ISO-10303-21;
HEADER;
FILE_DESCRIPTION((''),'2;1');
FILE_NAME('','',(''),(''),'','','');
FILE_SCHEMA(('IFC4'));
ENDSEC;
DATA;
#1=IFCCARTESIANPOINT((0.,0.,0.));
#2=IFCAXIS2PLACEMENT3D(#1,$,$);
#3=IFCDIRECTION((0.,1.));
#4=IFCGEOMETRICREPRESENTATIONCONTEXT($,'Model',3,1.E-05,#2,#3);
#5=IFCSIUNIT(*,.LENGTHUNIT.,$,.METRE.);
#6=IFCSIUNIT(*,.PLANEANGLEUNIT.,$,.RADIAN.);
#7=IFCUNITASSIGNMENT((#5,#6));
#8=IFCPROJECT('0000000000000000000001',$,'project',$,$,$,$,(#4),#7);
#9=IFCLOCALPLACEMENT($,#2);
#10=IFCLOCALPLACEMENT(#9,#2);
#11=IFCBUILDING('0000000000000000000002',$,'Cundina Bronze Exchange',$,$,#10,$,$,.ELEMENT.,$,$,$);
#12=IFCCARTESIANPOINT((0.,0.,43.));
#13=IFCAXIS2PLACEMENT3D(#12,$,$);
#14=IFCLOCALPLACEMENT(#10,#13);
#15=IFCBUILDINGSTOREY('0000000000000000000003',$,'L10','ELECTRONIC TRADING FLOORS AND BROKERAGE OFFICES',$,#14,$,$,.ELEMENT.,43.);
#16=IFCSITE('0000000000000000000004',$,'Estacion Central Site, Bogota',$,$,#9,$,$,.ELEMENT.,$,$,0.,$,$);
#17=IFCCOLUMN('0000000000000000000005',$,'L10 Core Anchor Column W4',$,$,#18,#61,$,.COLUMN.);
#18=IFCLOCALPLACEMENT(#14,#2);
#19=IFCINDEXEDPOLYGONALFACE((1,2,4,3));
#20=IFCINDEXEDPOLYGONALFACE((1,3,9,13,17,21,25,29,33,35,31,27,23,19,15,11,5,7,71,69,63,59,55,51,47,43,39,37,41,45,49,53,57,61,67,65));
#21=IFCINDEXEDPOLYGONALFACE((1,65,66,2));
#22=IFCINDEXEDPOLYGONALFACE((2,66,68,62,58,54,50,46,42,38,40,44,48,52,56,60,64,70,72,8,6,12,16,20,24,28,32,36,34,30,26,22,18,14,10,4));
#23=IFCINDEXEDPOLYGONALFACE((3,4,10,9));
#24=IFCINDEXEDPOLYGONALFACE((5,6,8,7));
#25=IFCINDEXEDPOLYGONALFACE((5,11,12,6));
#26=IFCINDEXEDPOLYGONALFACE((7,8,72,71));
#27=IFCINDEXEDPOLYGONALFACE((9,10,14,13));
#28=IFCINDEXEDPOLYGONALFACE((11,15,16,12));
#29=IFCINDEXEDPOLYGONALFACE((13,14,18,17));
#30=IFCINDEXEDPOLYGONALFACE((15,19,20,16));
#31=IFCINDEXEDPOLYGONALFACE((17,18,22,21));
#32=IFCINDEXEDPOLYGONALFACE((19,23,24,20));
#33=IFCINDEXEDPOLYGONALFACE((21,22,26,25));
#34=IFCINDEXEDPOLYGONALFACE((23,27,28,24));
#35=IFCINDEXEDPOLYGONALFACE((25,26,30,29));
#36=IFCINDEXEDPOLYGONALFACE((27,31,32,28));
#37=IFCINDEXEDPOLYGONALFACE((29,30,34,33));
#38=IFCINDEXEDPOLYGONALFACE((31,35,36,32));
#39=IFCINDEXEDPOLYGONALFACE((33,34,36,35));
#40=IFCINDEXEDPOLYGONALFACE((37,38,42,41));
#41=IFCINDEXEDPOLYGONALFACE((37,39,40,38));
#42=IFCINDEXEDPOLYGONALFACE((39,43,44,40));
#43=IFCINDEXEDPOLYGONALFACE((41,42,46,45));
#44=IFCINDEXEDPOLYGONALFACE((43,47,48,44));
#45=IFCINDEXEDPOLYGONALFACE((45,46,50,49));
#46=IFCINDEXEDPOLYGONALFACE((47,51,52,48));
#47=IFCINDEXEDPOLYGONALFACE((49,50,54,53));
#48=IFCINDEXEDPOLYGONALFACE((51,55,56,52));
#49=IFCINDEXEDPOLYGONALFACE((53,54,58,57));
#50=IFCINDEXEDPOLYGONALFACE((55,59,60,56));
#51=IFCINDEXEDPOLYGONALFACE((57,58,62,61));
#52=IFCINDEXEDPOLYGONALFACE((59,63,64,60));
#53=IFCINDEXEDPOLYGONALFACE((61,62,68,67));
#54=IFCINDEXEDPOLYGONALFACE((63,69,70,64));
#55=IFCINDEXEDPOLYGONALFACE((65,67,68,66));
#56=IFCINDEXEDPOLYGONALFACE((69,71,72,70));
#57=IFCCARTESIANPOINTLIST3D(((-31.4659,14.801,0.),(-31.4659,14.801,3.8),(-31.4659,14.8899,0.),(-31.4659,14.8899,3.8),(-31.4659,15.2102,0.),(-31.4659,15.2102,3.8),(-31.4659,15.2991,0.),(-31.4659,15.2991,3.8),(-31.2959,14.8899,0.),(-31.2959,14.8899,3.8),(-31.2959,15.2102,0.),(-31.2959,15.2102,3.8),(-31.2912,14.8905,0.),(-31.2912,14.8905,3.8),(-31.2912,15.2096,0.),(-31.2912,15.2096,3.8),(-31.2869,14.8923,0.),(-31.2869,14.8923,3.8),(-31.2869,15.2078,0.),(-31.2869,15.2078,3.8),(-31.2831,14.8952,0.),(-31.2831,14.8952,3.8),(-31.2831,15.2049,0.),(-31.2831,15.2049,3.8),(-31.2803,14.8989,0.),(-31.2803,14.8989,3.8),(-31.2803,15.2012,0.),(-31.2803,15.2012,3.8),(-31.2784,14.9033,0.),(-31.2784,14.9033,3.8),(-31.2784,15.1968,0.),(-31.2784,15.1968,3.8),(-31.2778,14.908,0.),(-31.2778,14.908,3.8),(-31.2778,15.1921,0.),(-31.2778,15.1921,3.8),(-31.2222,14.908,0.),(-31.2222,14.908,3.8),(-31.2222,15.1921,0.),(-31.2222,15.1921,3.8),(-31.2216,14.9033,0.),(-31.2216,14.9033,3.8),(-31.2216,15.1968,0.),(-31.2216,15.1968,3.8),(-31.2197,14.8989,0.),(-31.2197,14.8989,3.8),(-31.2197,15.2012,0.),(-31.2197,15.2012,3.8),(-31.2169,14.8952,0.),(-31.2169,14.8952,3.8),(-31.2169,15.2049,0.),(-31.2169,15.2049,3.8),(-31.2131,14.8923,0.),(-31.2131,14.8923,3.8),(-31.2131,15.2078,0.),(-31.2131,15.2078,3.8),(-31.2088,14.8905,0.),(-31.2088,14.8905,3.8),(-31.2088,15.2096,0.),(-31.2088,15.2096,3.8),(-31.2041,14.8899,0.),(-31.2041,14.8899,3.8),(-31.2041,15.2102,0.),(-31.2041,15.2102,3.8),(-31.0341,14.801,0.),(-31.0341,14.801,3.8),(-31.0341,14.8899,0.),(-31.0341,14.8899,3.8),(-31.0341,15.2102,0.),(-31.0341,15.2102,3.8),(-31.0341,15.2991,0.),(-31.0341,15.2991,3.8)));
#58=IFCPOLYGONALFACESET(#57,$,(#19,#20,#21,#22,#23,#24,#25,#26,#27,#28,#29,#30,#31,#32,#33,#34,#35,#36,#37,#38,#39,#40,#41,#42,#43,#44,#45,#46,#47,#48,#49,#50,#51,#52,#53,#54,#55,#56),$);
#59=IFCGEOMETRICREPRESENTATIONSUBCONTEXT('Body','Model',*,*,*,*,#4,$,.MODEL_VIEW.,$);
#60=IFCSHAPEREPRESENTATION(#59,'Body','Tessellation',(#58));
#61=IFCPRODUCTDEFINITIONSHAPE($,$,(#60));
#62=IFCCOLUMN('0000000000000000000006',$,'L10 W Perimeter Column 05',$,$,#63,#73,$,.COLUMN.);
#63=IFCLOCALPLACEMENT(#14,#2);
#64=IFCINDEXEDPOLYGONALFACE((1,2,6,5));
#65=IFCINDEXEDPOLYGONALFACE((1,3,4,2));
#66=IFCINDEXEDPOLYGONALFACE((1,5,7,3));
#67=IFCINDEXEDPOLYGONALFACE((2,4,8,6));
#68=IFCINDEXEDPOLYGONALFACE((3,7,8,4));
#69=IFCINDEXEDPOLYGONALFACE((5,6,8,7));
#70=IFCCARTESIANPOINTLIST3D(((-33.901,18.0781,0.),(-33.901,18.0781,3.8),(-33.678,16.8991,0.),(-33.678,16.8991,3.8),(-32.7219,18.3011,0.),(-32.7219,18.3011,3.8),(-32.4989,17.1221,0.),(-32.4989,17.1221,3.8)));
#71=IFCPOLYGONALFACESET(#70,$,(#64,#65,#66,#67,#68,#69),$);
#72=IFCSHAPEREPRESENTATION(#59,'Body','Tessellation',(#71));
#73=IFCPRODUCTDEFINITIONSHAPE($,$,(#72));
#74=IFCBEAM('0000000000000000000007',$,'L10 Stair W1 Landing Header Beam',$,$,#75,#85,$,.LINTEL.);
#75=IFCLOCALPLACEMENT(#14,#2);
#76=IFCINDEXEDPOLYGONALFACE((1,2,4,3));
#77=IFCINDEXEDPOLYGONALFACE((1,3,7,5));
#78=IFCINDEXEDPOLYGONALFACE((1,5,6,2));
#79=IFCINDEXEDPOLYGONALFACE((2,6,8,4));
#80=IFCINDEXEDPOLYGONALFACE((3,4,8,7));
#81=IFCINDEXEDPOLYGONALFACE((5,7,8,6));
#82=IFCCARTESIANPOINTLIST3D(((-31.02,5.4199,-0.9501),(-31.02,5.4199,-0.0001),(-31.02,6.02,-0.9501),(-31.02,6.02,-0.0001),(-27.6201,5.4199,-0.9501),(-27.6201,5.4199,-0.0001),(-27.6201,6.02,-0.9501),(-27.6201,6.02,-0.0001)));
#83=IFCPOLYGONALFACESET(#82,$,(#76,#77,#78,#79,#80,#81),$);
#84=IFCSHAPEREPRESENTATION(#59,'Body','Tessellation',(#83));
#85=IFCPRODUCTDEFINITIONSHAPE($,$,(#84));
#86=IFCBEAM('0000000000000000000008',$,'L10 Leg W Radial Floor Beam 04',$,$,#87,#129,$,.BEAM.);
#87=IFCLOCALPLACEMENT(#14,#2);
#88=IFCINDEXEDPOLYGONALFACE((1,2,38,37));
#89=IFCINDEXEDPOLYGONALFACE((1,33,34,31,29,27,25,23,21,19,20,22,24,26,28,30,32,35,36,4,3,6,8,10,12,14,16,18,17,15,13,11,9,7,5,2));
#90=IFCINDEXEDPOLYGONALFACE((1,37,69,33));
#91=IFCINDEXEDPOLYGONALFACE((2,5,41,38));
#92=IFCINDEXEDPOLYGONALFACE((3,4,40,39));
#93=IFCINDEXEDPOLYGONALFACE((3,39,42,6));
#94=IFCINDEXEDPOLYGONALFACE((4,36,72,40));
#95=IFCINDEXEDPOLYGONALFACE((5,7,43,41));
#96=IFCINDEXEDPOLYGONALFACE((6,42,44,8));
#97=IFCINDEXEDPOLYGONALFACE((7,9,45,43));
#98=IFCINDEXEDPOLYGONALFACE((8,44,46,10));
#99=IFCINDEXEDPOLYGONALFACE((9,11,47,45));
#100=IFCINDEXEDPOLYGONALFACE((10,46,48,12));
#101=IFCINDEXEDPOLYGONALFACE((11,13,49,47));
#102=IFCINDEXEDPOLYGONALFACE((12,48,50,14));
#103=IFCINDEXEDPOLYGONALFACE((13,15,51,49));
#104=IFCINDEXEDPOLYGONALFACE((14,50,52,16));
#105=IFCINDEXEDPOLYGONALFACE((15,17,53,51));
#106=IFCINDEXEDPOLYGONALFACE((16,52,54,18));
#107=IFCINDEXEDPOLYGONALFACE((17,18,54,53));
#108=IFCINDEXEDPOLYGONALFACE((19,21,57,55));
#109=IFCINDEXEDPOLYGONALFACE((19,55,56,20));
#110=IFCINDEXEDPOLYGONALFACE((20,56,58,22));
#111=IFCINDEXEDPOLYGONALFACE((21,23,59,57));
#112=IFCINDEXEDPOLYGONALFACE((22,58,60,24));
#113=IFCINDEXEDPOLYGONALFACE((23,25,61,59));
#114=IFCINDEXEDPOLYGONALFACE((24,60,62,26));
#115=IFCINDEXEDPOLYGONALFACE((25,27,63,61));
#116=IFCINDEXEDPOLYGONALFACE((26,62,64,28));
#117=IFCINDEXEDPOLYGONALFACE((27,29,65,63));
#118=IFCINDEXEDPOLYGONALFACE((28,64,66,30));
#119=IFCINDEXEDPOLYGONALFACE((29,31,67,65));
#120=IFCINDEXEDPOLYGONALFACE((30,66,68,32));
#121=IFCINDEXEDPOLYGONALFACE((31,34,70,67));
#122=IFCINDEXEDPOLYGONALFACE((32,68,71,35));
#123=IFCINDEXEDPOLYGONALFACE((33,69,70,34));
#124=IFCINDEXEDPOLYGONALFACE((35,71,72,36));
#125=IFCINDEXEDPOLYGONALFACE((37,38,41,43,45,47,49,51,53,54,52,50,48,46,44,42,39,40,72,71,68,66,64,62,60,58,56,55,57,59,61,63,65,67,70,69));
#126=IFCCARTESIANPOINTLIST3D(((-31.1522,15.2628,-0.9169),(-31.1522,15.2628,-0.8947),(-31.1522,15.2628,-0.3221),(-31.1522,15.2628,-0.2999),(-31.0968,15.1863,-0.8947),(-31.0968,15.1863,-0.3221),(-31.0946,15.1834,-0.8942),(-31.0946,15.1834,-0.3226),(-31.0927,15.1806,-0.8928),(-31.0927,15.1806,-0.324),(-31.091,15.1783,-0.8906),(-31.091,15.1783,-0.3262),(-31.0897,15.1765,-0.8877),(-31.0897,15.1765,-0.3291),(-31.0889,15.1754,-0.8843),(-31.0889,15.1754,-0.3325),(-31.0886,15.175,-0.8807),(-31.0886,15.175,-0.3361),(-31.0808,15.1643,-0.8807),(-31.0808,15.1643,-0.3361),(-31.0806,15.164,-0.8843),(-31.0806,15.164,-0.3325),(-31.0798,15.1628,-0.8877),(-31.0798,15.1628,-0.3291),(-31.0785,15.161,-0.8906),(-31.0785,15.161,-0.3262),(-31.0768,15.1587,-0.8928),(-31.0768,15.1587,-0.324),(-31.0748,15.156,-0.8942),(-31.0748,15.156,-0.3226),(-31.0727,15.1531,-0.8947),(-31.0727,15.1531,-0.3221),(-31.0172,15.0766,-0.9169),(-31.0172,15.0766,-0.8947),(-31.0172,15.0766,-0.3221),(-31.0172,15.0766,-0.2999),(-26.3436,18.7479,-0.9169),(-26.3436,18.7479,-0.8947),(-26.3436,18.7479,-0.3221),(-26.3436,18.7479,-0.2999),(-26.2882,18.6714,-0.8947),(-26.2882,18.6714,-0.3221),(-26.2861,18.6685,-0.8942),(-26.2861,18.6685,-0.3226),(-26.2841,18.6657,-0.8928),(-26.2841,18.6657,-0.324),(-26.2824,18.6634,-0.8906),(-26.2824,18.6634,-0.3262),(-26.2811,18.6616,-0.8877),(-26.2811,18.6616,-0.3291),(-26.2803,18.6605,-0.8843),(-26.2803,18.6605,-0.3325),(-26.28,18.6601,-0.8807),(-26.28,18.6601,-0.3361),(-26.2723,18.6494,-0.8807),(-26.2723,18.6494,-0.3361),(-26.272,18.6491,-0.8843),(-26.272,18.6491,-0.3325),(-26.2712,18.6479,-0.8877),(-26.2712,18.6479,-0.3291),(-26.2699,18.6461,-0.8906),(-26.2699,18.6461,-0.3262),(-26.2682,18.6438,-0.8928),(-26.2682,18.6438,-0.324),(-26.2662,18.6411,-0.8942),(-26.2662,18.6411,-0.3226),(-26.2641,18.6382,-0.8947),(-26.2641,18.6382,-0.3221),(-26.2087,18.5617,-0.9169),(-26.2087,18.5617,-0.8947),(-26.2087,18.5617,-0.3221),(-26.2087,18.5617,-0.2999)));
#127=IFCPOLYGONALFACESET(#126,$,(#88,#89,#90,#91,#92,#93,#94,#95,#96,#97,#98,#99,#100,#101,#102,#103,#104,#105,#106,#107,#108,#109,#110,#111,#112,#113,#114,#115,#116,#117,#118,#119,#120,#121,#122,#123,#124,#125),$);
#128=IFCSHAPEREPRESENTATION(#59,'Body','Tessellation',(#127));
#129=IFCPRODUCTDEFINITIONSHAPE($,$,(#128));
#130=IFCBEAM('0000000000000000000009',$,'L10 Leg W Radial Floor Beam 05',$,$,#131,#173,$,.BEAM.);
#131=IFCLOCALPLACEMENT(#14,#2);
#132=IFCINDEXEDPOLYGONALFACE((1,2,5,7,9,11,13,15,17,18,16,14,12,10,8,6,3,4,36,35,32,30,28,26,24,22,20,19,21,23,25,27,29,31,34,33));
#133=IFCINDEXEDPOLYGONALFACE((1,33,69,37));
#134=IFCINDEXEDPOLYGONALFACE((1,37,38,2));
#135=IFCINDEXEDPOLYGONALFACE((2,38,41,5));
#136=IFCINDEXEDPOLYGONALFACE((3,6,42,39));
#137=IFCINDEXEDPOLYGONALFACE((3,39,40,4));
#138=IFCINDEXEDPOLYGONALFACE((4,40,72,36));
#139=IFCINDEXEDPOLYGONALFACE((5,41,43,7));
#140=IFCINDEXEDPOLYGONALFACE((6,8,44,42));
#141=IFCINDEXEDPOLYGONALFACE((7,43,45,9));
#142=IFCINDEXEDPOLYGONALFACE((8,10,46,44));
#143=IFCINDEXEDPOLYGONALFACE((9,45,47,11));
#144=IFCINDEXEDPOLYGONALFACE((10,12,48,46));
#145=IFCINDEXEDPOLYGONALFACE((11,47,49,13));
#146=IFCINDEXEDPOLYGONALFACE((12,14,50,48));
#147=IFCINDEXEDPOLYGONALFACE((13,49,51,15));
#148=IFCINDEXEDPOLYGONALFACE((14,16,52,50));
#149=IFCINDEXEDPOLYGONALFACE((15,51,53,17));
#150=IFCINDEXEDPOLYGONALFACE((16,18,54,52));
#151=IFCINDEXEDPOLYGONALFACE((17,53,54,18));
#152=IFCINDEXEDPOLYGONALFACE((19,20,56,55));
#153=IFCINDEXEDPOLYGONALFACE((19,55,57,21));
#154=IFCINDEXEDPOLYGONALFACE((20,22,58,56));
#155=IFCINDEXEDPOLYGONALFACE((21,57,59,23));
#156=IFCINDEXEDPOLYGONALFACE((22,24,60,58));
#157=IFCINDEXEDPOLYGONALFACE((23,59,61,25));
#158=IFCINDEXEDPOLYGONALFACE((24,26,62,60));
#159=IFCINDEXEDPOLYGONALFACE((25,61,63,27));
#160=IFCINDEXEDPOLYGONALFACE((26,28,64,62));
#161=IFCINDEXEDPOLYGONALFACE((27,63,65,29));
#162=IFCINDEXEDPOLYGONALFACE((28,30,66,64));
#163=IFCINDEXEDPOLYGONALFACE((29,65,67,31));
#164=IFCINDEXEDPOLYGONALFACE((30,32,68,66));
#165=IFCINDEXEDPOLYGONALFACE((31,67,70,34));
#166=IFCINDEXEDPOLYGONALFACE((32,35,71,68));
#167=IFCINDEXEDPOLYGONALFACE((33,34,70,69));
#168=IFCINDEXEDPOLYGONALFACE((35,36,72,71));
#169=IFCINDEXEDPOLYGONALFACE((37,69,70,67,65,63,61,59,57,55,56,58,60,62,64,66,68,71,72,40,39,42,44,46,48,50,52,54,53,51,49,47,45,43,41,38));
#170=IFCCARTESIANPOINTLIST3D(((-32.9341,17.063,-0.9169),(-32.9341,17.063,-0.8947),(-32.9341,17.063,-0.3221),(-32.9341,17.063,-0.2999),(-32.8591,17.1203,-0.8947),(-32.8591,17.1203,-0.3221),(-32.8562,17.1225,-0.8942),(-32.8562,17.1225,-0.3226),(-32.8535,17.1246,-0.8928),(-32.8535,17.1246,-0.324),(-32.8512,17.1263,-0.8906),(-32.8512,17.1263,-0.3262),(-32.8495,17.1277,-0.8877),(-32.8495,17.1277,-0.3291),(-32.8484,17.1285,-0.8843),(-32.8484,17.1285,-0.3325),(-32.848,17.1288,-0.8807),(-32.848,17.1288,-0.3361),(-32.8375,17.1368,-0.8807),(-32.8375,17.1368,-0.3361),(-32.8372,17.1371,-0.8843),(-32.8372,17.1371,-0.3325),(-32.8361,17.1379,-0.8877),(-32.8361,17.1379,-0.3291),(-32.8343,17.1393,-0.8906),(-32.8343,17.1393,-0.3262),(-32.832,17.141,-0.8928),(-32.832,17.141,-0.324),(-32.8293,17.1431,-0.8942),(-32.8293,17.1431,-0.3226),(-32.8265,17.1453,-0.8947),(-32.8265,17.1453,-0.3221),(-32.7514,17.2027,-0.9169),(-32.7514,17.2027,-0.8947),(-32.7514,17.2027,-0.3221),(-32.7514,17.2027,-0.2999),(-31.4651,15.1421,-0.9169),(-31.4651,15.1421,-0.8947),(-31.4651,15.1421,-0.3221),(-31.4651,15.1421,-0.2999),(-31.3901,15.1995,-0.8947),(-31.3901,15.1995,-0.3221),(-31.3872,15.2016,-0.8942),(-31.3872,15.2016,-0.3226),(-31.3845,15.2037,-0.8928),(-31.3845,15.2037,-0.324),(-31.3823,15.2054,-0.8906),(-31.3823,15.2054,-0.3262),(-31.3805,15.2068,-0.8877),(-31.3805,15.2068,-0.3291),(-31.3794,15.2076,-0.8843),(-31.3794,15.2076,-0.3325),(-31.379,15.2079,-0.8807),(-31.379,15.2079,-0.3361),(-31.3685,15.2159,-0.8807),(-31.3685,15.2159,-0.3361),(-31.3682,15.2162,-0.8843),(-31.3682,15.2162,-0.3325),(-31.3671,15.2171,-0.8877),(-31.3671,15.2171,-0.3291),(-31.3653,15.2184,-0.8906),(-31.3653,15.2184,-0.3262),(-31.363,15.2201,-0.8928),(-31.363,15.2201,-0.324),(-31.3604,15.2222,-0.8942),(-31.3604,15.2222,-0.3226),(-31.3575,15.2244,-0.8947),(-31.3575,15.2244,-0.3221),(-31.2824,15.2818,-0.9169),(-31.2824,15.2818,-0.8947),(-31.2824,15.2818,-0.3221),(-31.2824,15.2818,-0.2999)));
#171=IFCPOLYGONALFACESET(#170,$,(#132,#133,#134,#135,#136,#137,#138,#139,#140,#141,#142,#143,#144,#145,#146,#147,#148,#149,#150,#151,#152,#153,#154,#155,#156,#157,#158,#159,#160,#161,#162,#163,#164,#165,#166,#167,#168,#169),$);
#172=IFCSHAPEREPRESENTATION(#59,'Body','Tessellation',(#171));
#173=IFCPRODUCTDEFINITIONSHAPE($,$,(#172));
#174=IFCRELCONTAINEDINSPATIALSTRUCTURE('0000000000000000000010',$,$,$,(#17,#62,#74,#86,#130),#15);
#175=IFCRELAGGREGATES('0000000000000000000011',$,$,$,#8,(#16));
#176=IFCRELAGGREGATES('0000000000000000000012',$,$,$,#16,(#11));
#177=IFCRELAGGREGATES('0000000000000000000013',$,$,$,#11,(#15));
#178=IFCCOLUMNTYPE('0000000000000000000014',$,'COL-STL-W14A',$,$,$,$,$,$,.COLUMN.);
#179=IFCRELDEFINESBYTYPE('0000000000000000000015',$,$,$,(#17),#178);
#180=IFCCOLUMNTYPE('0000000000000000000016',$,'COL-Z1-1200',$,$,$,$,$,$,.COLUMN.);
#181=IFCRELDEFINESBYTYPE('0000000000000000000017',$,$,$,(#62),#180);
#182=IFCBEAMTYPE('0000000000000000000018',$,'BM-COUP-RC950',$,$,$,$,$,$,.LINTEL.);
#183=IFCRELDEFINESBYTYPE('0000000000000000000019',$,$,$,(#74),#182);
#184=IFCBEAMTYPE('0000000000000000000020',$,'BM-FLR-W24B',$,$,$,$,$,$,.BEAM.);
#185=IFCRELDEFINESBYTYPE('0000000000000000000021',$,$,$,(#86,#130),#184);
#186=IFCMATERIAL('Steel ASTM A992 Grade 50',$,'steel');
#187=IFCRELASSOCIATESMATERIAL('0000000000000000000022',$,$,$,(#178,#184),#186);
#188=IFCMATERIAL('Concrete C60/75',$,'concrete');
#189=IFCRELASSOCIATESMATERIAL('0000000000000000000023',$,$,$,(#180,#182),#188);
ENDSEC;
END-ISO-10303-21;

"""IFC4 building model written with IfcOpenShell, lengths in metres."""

from ifc_helpers import new_model, si_unit, direction, frame, origin, origin_2d, place, context, subcontext, project, spatial, rectangle, i_section, extrude, material, material_profile, profile_set, type_object, element, save


model = new_model("IFC4")

# Units and contexts
model_context = context("Model", 3, precision=1e-05, world=origin(), true_north=direction((0.0, 1.0)))
body_context = subcontext(model_context, "Body", "Model", "MODEL_VIEW")
ifc_project = project(units=[si_unit("LENGTHUNIT", "METRE"), si_unit("PLANEANGLEUNIT", "RADIAN")], contexts=[model_context])

# Site, building, storey
site_placement = place(None, origin())
site = spatial("IfcSite", under=ifc_project, at=site_placement, Name="Estacion Central Site, Bogota", CompositionType="ELEMENT", RefElevation=0.0)
building_placement = place(site_placement, origin())
building = spatial("IfcBuilding", under=site, at=building_placement, Name="Cundina Bronze Exchange", CompositionType="ELEMENT")
storey_placement = place(building_placement, frame((0.0, 0.0, 43.0)))
storey = spatial("IfcBuildingStorey", under=building, at=storey_placement, Name="L10", Description="ELECTRONIC TRADING FLOORS AND BROKERAGE OFFICES", CompositionType="ELEMENT", Elevation=43.0)

# Columns
ifc_material_1 = material(Name="Steel ASTM A992 Grade 50", Category="steel")
ifc_material_profile_1 = material_profile(ifc_material_1, i_section(OverallWidth=0.4319, OverallDepth=0.498, WebThickness=0.0557, FlangeThickness=0.0889, FilletRadius=0.0181, at=origin_2d()), Name="W14X500", Category="steel")
ifc_profile_set_1 = profile_set([ifc_material_profile_1], Name="Steel ASTM A992 Grade 50")
column_type_1 = type_object("IfcColumnType", Name="COL-STL-W14A", PredefinedType="COLUMN", material=ifc_profile_set_1)
column_1_placement = place(storey_placement, frame((-31.25, 15.05, 0.0), z_axis=(0.0, 0.0, 1.0), x_axis=(1.0, 0.0, 0.0)))
element("IfcColumn", 1, at=column_1_placement, inside=storey, type_object=column_type_1, Name="L10 Core Anchor Column W4", PredefinedType="COLUMN", context=body_context, shape_type="SweptSolid", body=[
    extrude(i_section(OverallWidth=0.4319, OverallDepth=0.498, WebThickness=0.0557, FlangeThickness=0.0889, FilletRadius=0.0181, at=origin_2d()), origin(), (0.0, 0.0, 1.0), 3.8),
])
ifc_material_2 = material(Name="Concrete C60/75", Category="concrete")
ifc_material_profile_2 = material_profile(ifc_material_2, rectangle(XDim=1.2, YDim=1.2, at=origin_2d()), Name="RC1200X1200", Category="concrete")
ifc_profile_set_2 = profile_set([ifc_material_profile_2], Name="Concrete C60/75")
column_type_2 = type_object("IfcColumnType", Name="COL-Z1-1200", PredefinedType="COLUMN", material=ifc_profile_set_2)
column_2_placement = place(storey_placement, frame((-33.2, 17.6001, 0.0), z_axis=(0.0, 0.0, 1.0), x_axis=(-0.98258, -0.185838, 0.0)))
element("IfcColumn", 2, at=column_2_placement, inside=storey, type_object=column_type_2, Name="L10 W Perimeter Column 05", PredefinedType="COLUMN", context=body_context, shape_type="SweptSolid", body=[
    extrude(rectangle(XDim=1.2, YDim=1.2, at=origin_2d()), origin(), (0.0, 0.0, 1.0), 3.8),
])

# Beams
ifc_material_profile_3 = material_profile(ifc_material_2, rectangle(XDim=0.6001, YDim=0.95, at=origin_2d()), Name="RC600X950", Category="concrete")
ifc_profile_set_3 = profile_set([ifc_material_profile_3], Name="Concrete C60/75")
beam_type_1 = type_object("IfcBeamType", Name="BM-COUP-RC950", PredefinedType="LINTEL", material=ifc_profile_set_3)
beam_1_placement = place(storey_placement, frame((-31.02, 5.72, -0.4751), z_axis=(1.0, 0.0, 0.0), x_axis=(0.0, 1.0, 0.0)))
element("IfcBeam", 3, at=beam_1_placement, inside=storey, type_object=beam_type_1, Name="L10 Stair W1 Landing Header Beam", PredefinedType="LINTEL", context=body_context, shape_type="SweptSolid", body=[
    extrude(rectangle(XDim=0.6001, YDim=0.95, at=origin_2d()), origin(), (0.0, 0.0, 1.0), 3.3999),
])
ifc_material_profile_4 = material_profile(ifc_material_1, i_section(OverallWidth=0.23, OverallDepth=0.6169, WebThickness=0.0132, FlangeThickness=0.0222, FilletRadius=0.0139, at=origin_2d()), Name="W24X94", Category="steel")
ifc_profile_set_4 = profile_set([ifc_material_profile_4], Name="Steel ASTM A992 Grade 50")
beam_type_2 = type_object("IfcBeamType", Name="BM-FLR-W24B", PredefinedType="BEAM", material=ifc_profile_set_4)
beam_2_placement = place(storey_placement, frame((-31.0847, 15.1697, -0.6084), z_axis=(0.8097, 0.586844, 0.0), x_axis=(-0.586844, 0.8097, 0.0)))
element("IfcBeam", 4, at=beam_2_placement, inside=storey, type_object=beam_type_2, Name="L10 Leg W Radial Floor Beam 04", PredefinedType="BEAM", context=body_context, shape_type="SweptSolid", body=[
    extrude(i_section(OverallWidth=0.23, OverallDepth=0.6169, WebThickness=0.0132, FlangeThickness=0.0222, FilletRadius=0.0139, at=origin_2d()), origin(), (0.0, 0.0, 1.0), 5.9387),
])
beam_3_placement = place(storey_placement, frame((-31.3738, 15.2119, -0.6084), z_axis=(-0.607469, 0.794344, 0.0), x_axis=(-0.794344, -0.607469, 0.0)))
element("IfcBeam", 5, at=beam_3_placement, inside=storey, type_object=beam_type_2, Name="L10 Leg W Radial Floor Beam 05", PredefinedType="BEAM", context=body_context, shape_type="SweptSolid", body=[
    extrude(i_section(OverallWidth=0.23, OverallDepth=0.6169, WebThickness=0.0132, FlangeThickness=0.0222, FilletRadius=0.0139, at=origin_2d()), origin(), (0.0, 0.0, 1.0), 2.4182),
])

save(model, "model.ifc")
